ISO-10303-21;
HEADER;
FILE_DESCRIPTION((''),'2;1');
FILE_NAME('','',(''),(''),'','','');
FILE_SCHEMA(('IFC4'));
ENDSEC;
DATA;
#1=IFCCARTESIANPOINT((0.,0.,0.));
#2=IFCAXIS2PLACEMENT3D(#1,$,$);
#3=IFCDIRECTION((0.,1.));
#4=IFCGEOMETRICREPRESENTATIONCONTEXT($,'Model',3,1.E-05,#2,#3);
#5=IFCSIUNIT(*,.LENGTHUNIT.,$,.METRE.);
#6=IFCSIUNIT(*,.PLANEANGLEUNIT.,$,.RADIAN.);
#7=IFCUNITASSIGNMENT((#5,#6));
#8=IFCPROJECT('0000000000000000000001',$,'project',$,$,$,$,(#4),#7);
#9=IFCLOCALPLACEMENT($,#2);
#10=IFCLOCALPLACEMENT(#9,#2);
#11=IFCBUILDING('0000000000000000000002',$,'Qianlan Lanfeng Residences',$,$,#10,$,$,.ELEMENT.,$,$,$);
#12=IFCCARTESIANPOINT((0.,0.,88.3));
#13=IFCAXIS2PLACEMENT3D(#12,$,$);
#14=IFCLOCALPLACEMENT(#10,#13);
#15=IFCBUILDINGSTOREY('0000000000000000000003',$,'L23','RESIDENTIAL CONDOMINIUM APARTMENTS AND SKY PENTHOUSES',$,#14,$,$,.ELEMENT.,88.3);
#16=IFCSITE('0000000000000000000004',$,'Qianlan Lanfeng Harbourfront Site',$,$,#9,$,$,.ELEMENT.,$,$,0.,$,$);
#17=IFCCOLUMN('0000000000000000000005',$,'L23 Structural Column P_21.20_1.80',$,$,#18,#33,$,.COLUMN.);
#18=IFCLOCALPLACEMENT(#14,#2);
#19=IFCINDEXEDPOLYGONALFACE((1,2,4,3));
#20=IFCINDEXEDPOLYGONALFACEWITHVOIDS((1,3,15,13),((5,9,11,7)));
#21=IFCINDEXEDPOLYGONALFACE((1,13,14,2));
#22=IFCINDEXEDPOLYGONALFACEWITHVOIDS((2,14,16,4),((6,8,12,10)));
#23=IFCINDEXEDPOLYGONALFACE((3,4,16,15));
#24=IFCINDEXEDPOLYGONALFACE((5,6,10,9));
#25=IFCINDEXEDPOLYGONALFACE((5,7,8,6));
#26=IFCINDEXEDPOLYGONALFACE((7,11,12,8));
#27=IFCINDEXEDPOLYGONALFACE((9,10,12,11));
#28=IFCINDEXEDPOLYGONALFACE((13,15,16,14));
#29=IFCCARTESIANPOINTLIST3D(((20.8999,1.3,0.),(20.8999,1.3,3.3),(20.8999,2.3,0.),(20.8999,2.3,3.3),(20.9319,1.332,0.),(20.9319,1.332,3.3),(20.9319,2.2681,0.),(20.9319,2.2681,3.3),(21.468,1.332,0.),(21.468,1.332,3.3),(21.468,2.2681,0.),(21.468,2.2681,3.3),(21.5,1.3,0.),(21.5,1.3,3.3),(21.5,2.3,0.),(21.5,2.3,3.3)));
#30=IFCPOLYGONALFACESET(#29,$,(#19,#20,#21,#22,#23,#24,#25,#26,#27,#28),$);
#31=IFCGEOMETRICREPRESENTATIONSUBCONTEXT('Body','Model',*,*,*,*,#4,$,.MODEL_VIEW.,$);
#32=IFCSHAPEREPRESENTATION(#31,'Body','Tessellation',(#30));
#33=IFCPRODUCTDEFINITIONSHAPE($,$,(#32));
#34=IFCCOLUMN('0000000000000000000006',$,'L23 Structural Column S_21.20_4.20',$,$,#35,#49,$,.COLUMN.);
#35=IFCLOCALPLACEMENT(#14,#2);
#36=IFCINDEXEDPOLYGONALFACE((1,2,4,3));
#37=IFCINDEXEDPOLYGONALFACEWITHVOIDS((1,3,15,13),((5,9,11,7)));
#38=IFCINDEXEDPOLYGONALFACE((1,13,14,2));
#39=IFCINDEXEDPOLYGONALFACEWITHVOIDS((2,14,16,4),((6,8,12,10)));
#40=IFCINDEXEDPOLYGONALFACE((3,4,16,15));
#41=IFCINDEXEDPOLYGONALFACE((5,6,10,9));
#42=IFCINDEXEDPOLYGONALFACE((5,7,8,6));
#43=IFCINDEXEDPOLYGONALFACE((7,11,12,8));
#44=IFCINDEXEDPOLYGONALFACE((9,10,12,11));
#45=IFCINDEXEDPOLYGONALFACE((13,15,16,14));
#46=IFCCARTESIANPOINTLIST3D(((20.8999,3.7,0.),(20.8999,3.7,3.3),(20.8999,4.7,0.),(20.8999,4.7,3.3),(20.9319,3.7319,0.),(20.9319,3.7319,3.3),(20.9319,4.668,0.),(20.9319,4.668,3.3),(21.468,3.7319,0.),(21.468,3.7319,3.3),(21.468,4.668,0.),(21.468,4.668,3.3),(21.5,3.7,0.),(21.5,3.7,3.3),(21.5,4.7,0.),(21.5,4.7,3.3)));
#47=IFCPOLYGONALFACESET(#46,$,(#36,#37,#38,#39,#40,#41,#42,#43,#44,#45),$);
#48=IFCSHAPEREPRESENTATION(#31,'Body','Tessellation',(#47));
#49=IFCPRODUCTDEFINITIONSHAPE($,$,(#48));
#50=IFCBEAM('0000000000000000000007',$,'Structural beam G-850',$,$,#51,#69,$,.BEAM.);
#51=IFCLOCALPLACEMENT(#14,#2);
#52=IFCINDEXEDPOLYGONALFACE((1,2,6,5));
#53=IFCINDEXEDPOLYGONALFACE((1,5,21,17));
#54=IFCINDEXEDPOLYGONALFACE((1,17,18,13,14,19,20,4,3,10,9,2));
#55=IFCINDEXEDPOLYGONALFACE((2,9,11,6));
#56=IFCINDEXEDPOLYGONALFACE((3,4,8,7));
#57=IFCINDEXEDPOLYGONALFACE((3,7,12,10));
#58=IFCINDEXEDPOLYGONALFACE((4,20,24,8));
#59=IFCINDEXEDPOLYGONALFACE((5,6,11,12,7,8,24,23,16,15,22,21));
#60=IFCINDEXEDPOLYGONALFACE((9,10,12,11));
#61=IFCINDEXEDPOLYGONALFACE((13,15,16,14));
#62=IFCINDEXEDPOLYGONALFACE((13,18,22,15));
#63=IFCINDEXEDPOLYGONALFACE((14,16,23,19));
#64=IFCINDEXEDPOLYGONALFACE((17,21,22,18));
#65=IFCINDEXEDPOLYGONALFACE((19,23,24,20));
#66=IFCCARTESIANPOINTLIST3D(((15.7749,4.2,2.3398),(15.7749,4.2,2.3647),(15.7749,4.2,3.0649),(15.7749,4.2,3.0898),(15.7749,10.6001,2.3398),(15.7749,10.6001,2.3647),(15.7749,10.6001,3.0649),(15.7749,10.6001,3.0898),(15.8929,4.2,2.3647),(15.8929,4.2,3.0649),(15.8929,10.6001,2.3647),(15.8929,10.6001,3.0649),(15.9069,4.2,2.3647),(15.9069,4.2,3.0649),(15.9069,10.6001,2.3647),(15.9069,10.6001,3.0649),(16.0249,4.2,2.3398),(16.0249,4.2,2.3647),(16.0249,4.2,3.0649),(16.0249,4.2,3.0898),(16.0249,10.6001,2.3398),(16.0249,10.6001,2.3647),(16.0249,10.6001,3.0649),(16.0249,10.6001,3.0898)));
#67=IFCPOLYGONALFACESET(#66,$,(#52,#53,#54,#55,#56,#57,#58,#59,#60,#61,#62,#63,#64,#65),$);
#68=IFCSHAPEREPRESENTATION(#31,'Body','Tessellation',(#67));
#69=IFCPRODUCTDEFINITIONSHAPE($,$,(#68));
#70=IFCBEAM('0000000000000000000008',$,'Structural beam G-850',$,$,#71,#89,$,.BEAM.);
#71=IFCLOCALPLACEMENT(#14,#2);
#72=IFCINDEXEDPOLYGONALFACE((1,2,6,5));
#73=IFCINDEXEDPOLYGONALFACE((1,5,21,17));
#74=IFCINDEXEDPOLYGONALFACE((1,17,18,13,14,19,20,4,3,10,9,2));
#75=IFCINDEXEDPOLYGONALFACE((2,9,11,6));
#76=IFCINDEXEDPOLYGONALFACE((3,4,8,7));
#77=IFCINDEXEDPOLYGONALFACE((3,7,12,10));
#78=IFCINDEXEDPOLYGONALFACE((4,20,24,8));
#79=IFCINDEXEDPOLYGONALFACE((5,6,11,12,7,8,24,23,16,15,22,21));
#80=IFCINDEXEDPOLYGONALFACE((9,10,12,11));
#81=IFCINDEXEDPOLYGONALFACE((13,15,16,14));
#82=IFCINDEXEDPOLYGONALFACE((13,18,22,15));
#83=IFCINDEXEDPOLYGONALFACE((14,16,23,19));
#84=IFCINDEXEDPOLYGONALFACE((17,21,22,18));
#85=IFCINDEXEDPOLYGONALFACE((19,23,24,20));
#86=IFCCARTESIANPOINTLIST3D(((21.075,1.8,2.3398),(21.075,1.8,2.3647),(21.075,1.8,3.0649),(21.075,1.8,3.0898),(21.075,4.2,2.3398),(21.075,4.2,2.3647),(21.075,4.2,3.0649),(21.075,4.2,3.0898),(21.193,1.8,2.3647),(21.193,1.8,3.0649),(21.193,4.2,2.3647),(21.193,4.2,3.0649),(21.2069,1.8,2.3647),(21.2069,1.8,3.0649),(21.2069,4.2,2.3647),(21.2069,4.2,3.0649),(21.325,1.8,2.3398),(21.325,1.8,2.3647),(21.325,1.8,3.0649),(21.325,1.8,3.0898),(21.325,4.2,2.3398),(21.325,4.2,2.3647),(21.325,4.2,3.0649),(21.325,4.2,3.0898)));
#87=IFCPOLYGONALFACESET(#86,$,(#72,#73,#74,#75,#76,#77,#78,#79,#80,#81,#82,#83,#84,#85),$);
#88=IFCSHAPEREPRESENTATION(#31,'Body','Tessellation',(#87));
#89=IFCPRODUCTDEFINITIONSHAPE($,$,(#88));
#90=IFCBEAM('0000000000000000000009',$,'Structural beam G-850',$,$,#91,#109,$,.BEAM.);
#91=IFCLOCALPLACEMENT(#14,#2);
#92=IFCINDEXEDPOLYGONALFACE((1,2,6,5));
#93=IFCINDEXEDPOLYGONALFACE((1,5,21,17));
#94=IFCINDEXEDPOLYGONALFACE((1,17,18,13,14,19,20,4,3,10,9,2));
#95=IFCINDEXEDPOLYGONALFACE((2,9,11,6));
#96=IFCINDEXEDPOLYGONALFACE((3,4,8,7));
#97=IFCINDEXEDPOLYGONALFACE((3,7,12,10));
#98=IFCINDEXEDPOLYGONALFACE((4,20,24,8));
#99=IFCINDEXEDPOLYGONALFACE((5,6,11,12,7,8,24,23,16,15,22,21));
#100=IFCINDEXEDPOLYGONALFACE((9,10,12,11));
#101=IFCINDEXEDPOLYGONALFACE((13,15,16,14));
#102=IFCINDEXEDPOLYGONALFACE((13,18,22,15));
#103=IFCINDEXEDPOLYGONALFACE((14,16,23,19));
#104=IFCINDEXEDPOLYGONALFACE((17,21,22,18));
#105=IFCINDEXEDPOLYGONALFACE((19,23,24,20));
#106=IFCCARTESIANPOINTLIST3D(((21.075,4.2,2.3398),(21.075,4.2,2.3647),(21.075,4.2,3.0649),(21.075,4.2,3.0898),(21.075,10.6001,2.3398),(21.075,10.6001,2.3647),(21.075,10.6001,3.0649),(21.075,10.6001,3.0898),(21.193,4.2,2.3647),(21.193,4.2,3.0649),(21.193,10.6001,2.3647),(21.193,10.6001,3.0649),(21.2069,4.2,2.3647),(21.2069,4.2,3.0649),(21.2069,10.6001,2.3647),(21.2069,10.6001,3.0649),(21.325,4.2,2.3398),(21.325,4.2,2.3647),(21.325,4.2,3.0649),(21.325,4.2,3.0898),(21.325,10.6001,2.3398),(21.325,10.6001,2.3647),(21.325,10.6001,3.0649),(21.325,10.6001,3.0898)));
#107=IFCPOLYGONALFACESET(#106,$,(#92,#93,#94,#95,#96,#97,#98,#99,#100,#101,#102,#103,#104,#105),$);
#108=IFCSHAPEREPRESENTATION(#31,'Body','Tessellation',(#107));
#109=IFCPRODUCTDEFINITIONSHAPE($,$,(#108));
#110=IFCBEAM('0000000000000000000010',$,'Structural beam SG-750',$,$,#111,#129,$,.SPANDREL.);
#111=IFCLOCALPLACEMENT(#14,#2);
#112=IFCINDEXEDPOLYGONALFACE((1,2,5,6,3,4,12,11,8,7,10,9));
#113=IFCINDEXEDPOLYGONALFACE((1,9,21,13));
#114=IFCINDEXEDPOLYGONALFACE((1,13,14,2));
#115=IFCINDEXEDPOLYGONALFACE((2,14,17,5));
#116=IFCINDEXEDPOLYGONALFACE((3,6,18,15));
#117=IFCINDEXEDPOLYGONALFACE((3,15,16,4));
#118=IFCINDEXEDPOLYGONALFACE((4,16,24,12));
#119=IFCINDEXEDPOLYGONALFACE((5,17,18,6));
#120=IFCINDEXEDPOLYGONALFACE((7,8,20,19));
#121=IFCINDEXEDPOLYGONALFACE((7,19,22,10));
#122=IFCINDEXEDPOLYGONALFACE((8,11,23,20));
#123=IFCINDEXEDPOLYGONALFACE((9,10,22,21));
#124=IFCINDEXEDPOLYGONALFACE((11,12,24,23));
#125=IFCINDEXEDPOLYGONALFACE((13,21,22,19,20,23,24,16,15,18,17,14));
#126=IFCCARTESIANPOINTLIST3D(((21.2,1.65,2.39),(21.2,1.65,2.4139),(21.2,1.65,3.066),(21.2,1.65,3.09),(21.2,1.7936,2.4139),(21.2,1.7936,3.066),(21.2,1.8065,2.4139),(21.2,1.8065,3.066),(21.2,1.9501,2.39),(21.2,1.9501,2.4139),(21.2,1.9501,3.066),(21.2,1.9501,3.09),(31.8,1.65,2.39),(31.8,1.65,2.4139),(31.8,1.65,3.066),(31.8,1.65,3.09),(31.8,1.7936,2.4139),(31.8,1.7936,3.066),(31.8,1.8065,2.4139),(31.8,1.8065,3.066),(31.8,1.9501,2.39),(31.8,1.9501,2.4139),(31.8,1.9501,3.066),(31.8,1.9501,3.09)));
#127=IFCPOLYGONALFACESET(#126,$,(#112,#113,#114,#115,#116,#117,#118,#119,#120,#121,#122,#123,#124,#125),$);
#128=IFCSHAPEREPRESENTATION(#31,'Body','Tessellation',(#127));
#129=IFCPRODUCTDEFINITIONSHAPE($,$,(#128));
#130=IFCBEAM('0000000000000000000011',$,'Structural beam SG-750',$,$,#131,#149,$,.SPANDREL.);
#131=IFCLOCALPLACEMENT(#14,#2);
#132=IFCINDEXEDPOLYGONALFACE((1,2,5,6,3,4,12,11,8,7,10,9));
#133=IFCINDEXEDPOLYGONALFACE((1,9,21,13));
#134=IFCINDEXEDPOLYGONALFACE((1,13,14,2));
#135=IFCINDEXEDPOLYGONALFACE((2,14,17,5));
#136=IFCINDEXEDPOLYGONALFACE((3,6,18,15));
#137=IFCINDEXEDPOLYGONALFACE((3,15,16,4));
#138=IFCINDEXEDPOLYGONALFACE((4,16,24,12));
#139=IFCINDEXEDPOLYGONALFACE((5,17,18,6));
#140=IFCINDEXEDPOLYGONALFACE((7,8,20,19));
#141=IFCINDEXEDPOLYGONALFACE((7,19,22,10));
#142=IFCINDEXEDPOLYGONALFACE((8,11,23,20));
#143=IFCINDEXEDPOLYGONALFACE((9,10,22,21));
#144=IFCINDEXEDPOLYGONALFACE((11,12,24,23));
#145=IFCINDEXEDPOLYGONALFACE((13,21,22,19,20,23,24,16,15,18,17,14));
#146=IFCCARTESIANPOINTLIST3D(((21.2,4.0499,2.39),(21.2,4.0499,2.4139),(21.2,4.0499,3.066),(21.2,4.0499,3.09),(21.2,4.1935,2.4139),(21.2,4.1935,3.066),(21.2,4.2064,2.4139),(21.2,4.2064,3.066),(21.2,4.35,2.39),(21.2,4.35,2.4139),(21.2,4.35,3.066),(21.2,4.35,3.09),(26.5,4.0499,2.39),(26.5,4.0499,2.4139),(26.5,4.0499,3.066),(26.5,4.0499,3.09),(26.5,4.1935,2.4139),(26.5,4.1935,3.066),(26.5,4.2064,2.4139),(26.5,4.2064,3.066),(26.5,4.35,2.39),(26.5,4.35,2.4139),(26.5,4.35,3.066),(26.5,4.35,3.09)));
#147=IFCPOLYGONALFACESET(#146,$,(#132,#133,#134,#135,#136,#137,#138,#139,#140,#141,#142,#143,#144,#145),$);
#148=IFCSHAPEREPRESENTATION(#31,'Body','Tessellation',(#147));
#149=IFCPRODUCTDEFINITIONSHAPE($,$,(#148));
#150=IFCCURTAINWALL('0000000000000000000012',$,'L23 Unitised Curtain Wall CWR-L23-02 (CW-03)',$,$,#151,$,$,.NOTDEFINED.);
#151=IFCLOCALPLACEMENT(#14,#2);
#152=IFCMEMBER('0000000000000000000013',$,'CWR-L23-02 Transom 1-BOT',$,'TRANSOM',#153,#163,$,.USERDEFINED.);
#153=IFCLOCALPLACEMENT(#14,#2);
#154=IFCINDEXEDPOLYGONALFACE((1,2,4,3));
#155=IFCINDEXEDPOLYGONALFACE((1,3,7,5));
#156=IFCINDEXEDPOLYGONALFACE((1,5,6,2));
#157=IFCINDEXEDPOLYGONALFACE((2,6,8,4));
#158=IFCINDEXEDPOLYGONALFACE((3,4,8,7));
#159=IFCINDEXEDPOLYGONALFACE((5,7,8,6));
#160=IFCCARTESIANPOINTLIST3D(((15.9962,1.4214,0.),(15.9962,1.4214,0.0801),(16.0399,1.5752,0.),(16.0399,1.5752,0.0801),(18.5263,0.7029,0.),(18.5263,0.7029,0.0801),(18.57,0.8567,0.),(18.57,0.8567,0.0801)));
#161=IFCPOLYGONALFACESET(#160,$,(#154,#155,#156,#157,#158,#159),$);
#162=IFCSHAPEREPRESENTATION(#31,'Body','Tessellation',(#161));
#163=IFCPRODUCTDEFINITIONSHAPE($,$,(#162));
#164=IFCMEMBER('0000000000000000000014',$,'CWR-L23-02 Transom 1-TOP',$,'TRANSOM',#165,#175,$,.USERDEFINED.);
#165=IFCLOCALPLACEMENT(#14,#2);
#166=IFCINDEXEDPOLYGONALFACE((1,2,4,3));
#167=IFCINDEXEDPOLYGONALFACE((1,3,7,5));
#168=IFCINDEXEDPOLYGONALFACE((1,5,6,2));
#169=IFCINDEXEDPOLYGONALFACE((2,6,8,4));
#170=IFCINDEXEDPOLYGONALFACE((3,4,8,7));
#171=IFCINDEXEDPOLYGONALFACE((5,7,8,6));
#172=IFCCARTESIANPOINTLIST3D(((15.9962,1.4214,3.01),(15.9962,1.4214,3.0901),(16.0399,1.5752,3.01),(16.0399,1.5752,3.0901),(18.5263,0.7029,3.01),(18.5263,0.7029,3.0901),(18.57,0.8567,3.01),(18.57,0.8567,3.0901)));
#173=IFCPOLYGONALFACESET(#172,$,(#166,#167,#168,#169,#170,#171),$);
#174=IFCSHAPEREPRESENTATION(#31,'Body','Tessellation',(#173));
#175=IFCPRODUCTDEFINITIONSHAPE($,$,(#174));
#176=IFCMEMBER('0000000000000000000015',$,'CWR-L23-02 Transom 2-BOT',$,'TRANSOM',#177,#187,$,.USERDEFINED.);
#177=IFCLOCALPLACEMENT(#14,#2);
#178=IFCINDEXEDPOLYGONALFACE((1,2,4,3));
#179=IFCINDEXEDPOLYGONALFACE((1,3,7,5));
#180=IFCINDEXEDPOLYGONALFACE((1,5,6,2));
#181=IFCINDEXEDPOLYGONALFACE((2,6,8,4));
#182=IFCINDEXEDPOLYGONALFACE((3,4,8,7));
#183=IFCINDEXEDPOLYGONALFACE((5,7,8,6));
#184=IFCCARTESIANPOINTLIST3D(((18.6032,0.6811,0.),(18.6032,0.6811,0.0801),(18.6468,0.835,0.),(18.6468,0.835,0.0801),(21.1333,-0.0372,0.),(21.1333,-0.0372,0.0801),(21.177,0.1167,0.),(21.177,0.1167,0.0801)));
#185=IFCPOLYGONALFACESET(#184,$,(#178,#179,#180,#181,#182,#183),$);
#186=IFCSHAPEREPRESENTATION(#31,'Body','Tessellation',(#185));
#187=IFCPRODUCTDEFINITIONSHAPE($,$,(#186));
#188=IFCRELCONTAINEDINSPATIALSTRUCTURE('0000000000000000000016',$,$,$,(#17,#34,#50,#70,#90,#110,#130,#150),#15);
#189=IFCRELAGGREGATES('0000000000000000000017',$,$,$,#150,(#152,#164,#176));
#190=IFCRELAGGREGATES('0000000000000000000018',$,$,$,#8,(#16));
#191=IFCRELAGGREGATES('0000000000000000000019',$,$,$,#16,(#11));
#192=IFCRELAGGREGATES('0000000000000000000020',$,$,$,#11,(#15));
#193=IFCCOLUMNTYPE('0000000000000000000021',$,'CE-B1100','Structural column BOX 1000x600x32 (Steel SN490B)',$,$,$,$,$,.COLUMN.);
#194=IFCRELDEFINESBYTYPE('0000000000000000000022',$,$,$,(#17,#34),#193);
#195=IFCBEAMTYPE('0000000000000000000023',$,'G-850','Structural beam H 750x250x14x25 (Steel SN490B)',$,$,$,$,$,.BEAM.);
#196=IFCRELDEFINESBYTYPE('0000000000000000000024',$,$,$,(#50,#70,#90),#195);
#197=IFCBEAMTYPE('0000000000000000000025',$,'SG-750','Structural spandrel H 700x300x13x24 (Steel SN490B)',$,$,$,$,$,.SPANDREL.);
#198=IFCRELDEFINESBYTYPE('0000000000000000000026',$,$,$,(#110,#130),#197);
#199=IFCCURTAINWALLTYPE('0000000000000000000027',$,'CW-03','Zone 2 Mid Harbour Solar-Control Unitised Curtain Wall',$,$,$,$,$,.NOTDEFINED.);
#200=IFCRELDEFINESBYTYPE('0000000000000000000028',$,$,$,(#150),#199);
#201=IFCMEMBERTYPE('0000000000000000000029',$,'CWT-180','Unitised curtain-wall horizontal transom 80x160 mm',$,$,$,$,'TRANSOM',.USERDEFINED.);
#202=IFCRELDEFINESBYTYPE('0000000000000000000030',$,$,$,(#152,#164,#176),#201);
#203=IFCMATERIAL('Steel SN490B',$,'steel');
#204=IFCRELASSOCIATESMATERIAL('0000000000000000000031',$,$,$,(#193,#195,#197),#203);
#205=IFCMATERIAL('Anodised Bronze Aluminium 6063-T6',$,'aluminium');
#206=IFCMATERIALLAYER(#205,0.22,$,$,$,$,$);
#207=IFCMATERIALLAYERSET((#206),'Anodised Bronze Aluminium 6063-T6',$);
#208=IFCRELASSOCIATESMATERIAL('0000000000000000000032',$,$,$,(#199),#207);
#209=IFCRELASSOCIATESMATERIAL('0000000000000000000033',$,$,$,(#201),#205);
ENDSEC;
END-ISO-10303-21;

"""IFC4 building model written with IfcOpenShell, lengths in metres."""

from ifc_helpers import new_model, si_unit, direction, frame, origin, origin_2d, place, context, subcontext, project, spatial, rectangle, hollow_rectangle, i_section, extrude, source, transform, mapped, material, layer, layer_set, material_profile, profile_set, type_object, element, aggregate, save


model = new_model("IFC4")

# Units and contexts
model_context = context("Model", 3, precision=1e-05, world=origin(), true_north=direction((0.0, 1.0)))
body_context = subcontext(model_context, "Body", "Model", "MODEL_VIEW")
ifc_project = project(units=[si_unit("LENGTHUNIT", "METRE"), si_unit("PLANEANGLEUNIT", "RADIAN")], contexts=[model_context])

# Site, building, storey
site_placement = place(None, origin())
site = spatial("IfcSite", under=ifc_project, at=site_placement, Name="Qianlan Lanfeng Harbourfront Site", CompositionType="ELEMENT", RefElevation=0.0)
building_placement = place(site_placement, origin())
building = spatial("IfcBuilding", under=site, at=building_placement, Name="Qianlan Lanfeng Residences", CompositionType="ELEMENT")
storey_placement = place(building_placement, frame((0.0, 0.0, 88.3)))
storey = spatial("IfcBuildingStorey", under=building, at=storey_placement, Name="L23", Description="RESIDENTIAL CONDOMINIUM APARTMENTS AND SKY PENTHOUSES", CompositionType="ELEMENT", Elevation=88.3)

# Columns
ifc_material_1 = material(Name="Steel SN490B", Category="steel")
ifc_material_profile_1 = material_profile(ifc_material_1, hollow_rectangle(XDim=0.6001, YDim=1.0, WallThickness=0.032, at=origin_2d()), Name="BOX 1000x600x32")
ifc_profile_set_1 = profile_set([ifc_material_profile_1], Name="Steel SN490B")
column_type = type_object("IfcColumnType", Name="CE-B1100", Description="Structural column BOX 1000x600x32 (Steel SN490B)", PredefinedType="COLUMN", material=ifc_profile_set_1)
for number, where, z_axis, x_axis, name in (
    (1, (21.2, 1.8, 0.0), (0.0, 0.0, 1.0), (1.0, 0.0, 0.0), "L23 Structural Column P_21.20_1.80"),
    (2, (21.2, 4.2, 0.0), (0.0, 0.0, 1.0), (1.0, 0.0, 0.0), "L23 Structural Column S_21.20_4.20"),
):
    element("IfcColumn", number, at=place(storey_placement, frame(where, z_axis=z_axis, x_axis=x_axis)), inside=storey, type_object=column_type, Name=name, PredefinedType="COLUMN", context=body_context, shape_type="SweptSolid", body=[
        extrude(hollow_rectangle(XDim=0.6001, YDim=1.0, WallThickness=0.032, at=origin_2d()), origin(), (0.0, 0.0, 1.0), 3.3),
    ])

# Beams
ifc_material_profile_2 = material_profile(ifc_material_1, i_section(OverallWidth=0.25, OverallDepth=0.75, WebThickness=0.0139, FlangeThickness=0.0249, at=origin_2d()), Name="H 750x250x14x25")
ifc_profile_set_2 = profile_set([ifc_material_profile_2], Name="Steel SN490B")
beam_type_1 = type_object("IfcBeamType", Name="G-850", Description="Structural beam H 750x250x14x25 (Steel SN490B)", PredefinedType="BEAM", material=ifc_profile_set_2)
beam_1_placement = place(storey_placement, frame((15.8999, 4.2, 2.7148), z_axis=(0.0, 1.0, 0.0), x_axis=(-1.0, 0.0, 0.0)))
element("IfcBeam", 3, at=beam_1_placement, inside=storey, type_object=beam_type_1, Name="Structural beam G-850", PredefinedType="BEAM", context=body_context, shape_type="SweptSolid", body=[
    extrude(i_section(OverallWidth=0.25, OverallDepth=0.75, WebThickness=0.0139, FlangeThickness=0.0249, at=origin_2d()), origin(), (0.0, 0.0, 1.0), 6.4001),
])
beam_2_placement = place(storey_placement, frame((21.2, 1.8, 2.7148), z_axis=(0.0, 1.0, 0.0), x_axis=(-1.0, 0.0, 0.0)))
element("IfcBeam", 4, at=beam_2_placement, inside=storey, type_object=beam_type_1, Name="Structural beam G-850", PredefinedType="BEAM", context=body_context, shape_type="SweptSolid", body=[
    extrude(i_section(OverallWidth=0.25, OverallDepth=0.75, WebThickness=0.0139, FlangeThickness=0.0249, at=origin_2d()), origin(), (0.0, 0.0, 1.0), 2.3999),
])
beam_3_placement = place(storey_placement, frame((21.2, 4.2, 2.7148), z_axis=(0.0, 1.0, 0.0), x_axis=(-1.0, 0.0, 0.0)))
element("IfcBeam", 5, at=beam_3_placement, inside=storey, type_object=beam_type_1, Name="Structural beam G-850", PredefinedType="BEAM", context=body_context, shape_type="SweptSolid", body=[
    extrude(i_section(OverallWidth=0.25, OverallDepth=0.75, WebThickness=0.0139, FlangeThickness=0.0249, at=origin_2d()), origin(), (0.0, 0.0, 1.0), 6.4001),
])
ifc_material_profile_3 = material_profile(ifc_material_1, i_section(OverallWidth=0.3, OverallDepth=0.7, WebThickness=0.0129, FlangeThickness=0.0239, at=origin_2d()), Name="H 700x300x13x24")
ifc_profile_set_3 = profile_set([ifc_material_profile_3], Name="Steel SN490B")
beam_type_2 = type_object("IfcBeamType", Name="SG-750", Description="Structural spandrel H 700x300x13x24 (Steel SN490B)", PredefinedType="SPANDREL", material=ifc_profile_set_3)
beam_4_placement = place(storey_placement, frame((21.2, 1.8, 2.74), z_axis=(1.0, 0.0, 0.0), x_axis=(0.0, 1.0, 0.0)))
element("IfcBeam", 6, at=beam_4_placement, inside=storey, type_object=beam_type_2, Name="Structural beam SG-750", PredefinedType="SPANDREL", context=body_context, shape_type="SweptSolid", body=[
    extrude(i_section(OverallWidth=0.3, OverallDepth=0.7, WebThickness=0.0129, FlangeThickness=0.0239, at=origin_2d()), origin(), (0.0, 0.0, 1.0), 10.6001),
])
beam_5_placement = place(storey_placement, frame((21.2, 4.2, 2.74), z_axis=(1.0, 0.0, 0.0), x_axis=(0.0, 1.0, 0.0)))
element("IfcBeam", 7, at=beam_5_placement, inside=storey, type_object=beam_type_2, Name="Structural beam SG-750", PredefinedType="SPANDREL", context=body_context, shape_type="SweptSolid", body=[
    extrude(i_section(OverallWidth=0.3, OverallDepth=0.7, WebThickness=0.0129, FlangeThickness=0.0239, at=origin_2d()), origin(), (0.0, 0.0, 1.0), 5.3),
])

# Curtain wall, members
ifc_material_2 = material(Name="Anodised Bronze Aluminium 6063-T6", Category="aluminium")
ifc_layer_1 = layer(ifc_material_2, 0.22)
ifc_layer_set_1 = layer_set([ifc_layer_1], Name="Anodised Bronze Aluminium 6063-T6")
curtain_wall_type = type_object("IfcCurtainWallType", Name="CW-03", Description="Zone 2 Mid Harbour Solar-Control Unitised Curtain Wall", PredefinedType="NOTDEFINED", material=ifc_layer_set_1)
curtain_wall_1_placement = place(storey_placement, origin())
curtain_wall_1 = element("IfcCurtainWall", 8, at=curtain_wall_1_placement, inside=storey, type_object=curtain_wall_type, Name="L23 Unitised Curtain Wall CWR-L23-02 (CW-03)", PredefinedType="NOTDEFINED")
ifc_material_profile_4 = material_profile(ifc_material_2, rectangle(XDim=0.0801, YDim=0.1599, at=origin_2d()), Name="ALU TRANSOM 80x160")
ifc_profile_set_4 = profile_set([ifc_material_profile_4], Name="Anodised Bronze Aluminium 6063-T6")
member_type_1 = type_object("IfcMemberType", Name="CWT-180", Description="Unitised curtain-wall horizontal transom 80x160 mm", ElementType="TRANSOM", PredefinedType="USERDEFINED", material=ifc_profile_set_4)
shared_shape_1 = source(origin(), body_context, "Body", "SweptSolid", [
    extrude(rectangle(XDim=0.0801, YDim=0.1599, at=origin_2d()), origin(), (0.0, 0.0, 1.0), 2.6301),
])
member_1_placement = place(storey_placement, frame((16.0181, 1.4983, 0.04), z_axis=(0.961961, -0.273188, 0.0), x_axis=(0.0, 0.0, 1.0)))
member_1 = element("IfcMember", 9, at=member_1_placement, type_object=member_type_1, Name="CWR-L23-02 Transom 1-BOT", ObjectType="TRANSOM", PredefinedType="USERDEFINED", context=body_context, shape_type="MappedRepresentation", body=[
    mapped(shared_shape_1, transform((0.0, 0.0, 0.0), scale=1.0)),
])
member_2_placement = place(storey_placement, frame((16.0181, 1.4983, 3.05), z_axis=(0.961961, -0.273188, 0.0), x_axis=(0.0, 0.0, 1.0)))
member_2 = element("IfcMember", 10, at=member_2_placement, type_object=member_type_1, Name="CWR-L23-02 Transom 1-TOP", ObjectType="TRANSOM", PredefinedType="USERDEFINED", context=body_context, shape_type="MappedRepresentation", body=[
    mapped(shared_shape_1, transform((0.0, 0.0, 0.0), scale=1.0)),
])
member_3_placement = place(storey_placement, frame((18.625, 0.7581, 0.04), z_axis=(0.961985, -0.273102, 0.0), x_axis=(0.0, 0.0, 1.0)))
member_3 = element("IfcMember", 11, at=member_3_placement, type_object=member_type_1, Name="CWR-L23-02 Transom 2-BOT", ObjectType="TRANSOM", PredefinedType="USERDEFINED", context=body_context, shape_type="MappedRepresentation", body=[
    mapped(shared_shape_1, transform((0.0, 0.0, 0.0), scale=1.0)),
])

aggregate(curtain_wall_1, [member_1, member_2, member_3])

save(model, "model.ifc")
